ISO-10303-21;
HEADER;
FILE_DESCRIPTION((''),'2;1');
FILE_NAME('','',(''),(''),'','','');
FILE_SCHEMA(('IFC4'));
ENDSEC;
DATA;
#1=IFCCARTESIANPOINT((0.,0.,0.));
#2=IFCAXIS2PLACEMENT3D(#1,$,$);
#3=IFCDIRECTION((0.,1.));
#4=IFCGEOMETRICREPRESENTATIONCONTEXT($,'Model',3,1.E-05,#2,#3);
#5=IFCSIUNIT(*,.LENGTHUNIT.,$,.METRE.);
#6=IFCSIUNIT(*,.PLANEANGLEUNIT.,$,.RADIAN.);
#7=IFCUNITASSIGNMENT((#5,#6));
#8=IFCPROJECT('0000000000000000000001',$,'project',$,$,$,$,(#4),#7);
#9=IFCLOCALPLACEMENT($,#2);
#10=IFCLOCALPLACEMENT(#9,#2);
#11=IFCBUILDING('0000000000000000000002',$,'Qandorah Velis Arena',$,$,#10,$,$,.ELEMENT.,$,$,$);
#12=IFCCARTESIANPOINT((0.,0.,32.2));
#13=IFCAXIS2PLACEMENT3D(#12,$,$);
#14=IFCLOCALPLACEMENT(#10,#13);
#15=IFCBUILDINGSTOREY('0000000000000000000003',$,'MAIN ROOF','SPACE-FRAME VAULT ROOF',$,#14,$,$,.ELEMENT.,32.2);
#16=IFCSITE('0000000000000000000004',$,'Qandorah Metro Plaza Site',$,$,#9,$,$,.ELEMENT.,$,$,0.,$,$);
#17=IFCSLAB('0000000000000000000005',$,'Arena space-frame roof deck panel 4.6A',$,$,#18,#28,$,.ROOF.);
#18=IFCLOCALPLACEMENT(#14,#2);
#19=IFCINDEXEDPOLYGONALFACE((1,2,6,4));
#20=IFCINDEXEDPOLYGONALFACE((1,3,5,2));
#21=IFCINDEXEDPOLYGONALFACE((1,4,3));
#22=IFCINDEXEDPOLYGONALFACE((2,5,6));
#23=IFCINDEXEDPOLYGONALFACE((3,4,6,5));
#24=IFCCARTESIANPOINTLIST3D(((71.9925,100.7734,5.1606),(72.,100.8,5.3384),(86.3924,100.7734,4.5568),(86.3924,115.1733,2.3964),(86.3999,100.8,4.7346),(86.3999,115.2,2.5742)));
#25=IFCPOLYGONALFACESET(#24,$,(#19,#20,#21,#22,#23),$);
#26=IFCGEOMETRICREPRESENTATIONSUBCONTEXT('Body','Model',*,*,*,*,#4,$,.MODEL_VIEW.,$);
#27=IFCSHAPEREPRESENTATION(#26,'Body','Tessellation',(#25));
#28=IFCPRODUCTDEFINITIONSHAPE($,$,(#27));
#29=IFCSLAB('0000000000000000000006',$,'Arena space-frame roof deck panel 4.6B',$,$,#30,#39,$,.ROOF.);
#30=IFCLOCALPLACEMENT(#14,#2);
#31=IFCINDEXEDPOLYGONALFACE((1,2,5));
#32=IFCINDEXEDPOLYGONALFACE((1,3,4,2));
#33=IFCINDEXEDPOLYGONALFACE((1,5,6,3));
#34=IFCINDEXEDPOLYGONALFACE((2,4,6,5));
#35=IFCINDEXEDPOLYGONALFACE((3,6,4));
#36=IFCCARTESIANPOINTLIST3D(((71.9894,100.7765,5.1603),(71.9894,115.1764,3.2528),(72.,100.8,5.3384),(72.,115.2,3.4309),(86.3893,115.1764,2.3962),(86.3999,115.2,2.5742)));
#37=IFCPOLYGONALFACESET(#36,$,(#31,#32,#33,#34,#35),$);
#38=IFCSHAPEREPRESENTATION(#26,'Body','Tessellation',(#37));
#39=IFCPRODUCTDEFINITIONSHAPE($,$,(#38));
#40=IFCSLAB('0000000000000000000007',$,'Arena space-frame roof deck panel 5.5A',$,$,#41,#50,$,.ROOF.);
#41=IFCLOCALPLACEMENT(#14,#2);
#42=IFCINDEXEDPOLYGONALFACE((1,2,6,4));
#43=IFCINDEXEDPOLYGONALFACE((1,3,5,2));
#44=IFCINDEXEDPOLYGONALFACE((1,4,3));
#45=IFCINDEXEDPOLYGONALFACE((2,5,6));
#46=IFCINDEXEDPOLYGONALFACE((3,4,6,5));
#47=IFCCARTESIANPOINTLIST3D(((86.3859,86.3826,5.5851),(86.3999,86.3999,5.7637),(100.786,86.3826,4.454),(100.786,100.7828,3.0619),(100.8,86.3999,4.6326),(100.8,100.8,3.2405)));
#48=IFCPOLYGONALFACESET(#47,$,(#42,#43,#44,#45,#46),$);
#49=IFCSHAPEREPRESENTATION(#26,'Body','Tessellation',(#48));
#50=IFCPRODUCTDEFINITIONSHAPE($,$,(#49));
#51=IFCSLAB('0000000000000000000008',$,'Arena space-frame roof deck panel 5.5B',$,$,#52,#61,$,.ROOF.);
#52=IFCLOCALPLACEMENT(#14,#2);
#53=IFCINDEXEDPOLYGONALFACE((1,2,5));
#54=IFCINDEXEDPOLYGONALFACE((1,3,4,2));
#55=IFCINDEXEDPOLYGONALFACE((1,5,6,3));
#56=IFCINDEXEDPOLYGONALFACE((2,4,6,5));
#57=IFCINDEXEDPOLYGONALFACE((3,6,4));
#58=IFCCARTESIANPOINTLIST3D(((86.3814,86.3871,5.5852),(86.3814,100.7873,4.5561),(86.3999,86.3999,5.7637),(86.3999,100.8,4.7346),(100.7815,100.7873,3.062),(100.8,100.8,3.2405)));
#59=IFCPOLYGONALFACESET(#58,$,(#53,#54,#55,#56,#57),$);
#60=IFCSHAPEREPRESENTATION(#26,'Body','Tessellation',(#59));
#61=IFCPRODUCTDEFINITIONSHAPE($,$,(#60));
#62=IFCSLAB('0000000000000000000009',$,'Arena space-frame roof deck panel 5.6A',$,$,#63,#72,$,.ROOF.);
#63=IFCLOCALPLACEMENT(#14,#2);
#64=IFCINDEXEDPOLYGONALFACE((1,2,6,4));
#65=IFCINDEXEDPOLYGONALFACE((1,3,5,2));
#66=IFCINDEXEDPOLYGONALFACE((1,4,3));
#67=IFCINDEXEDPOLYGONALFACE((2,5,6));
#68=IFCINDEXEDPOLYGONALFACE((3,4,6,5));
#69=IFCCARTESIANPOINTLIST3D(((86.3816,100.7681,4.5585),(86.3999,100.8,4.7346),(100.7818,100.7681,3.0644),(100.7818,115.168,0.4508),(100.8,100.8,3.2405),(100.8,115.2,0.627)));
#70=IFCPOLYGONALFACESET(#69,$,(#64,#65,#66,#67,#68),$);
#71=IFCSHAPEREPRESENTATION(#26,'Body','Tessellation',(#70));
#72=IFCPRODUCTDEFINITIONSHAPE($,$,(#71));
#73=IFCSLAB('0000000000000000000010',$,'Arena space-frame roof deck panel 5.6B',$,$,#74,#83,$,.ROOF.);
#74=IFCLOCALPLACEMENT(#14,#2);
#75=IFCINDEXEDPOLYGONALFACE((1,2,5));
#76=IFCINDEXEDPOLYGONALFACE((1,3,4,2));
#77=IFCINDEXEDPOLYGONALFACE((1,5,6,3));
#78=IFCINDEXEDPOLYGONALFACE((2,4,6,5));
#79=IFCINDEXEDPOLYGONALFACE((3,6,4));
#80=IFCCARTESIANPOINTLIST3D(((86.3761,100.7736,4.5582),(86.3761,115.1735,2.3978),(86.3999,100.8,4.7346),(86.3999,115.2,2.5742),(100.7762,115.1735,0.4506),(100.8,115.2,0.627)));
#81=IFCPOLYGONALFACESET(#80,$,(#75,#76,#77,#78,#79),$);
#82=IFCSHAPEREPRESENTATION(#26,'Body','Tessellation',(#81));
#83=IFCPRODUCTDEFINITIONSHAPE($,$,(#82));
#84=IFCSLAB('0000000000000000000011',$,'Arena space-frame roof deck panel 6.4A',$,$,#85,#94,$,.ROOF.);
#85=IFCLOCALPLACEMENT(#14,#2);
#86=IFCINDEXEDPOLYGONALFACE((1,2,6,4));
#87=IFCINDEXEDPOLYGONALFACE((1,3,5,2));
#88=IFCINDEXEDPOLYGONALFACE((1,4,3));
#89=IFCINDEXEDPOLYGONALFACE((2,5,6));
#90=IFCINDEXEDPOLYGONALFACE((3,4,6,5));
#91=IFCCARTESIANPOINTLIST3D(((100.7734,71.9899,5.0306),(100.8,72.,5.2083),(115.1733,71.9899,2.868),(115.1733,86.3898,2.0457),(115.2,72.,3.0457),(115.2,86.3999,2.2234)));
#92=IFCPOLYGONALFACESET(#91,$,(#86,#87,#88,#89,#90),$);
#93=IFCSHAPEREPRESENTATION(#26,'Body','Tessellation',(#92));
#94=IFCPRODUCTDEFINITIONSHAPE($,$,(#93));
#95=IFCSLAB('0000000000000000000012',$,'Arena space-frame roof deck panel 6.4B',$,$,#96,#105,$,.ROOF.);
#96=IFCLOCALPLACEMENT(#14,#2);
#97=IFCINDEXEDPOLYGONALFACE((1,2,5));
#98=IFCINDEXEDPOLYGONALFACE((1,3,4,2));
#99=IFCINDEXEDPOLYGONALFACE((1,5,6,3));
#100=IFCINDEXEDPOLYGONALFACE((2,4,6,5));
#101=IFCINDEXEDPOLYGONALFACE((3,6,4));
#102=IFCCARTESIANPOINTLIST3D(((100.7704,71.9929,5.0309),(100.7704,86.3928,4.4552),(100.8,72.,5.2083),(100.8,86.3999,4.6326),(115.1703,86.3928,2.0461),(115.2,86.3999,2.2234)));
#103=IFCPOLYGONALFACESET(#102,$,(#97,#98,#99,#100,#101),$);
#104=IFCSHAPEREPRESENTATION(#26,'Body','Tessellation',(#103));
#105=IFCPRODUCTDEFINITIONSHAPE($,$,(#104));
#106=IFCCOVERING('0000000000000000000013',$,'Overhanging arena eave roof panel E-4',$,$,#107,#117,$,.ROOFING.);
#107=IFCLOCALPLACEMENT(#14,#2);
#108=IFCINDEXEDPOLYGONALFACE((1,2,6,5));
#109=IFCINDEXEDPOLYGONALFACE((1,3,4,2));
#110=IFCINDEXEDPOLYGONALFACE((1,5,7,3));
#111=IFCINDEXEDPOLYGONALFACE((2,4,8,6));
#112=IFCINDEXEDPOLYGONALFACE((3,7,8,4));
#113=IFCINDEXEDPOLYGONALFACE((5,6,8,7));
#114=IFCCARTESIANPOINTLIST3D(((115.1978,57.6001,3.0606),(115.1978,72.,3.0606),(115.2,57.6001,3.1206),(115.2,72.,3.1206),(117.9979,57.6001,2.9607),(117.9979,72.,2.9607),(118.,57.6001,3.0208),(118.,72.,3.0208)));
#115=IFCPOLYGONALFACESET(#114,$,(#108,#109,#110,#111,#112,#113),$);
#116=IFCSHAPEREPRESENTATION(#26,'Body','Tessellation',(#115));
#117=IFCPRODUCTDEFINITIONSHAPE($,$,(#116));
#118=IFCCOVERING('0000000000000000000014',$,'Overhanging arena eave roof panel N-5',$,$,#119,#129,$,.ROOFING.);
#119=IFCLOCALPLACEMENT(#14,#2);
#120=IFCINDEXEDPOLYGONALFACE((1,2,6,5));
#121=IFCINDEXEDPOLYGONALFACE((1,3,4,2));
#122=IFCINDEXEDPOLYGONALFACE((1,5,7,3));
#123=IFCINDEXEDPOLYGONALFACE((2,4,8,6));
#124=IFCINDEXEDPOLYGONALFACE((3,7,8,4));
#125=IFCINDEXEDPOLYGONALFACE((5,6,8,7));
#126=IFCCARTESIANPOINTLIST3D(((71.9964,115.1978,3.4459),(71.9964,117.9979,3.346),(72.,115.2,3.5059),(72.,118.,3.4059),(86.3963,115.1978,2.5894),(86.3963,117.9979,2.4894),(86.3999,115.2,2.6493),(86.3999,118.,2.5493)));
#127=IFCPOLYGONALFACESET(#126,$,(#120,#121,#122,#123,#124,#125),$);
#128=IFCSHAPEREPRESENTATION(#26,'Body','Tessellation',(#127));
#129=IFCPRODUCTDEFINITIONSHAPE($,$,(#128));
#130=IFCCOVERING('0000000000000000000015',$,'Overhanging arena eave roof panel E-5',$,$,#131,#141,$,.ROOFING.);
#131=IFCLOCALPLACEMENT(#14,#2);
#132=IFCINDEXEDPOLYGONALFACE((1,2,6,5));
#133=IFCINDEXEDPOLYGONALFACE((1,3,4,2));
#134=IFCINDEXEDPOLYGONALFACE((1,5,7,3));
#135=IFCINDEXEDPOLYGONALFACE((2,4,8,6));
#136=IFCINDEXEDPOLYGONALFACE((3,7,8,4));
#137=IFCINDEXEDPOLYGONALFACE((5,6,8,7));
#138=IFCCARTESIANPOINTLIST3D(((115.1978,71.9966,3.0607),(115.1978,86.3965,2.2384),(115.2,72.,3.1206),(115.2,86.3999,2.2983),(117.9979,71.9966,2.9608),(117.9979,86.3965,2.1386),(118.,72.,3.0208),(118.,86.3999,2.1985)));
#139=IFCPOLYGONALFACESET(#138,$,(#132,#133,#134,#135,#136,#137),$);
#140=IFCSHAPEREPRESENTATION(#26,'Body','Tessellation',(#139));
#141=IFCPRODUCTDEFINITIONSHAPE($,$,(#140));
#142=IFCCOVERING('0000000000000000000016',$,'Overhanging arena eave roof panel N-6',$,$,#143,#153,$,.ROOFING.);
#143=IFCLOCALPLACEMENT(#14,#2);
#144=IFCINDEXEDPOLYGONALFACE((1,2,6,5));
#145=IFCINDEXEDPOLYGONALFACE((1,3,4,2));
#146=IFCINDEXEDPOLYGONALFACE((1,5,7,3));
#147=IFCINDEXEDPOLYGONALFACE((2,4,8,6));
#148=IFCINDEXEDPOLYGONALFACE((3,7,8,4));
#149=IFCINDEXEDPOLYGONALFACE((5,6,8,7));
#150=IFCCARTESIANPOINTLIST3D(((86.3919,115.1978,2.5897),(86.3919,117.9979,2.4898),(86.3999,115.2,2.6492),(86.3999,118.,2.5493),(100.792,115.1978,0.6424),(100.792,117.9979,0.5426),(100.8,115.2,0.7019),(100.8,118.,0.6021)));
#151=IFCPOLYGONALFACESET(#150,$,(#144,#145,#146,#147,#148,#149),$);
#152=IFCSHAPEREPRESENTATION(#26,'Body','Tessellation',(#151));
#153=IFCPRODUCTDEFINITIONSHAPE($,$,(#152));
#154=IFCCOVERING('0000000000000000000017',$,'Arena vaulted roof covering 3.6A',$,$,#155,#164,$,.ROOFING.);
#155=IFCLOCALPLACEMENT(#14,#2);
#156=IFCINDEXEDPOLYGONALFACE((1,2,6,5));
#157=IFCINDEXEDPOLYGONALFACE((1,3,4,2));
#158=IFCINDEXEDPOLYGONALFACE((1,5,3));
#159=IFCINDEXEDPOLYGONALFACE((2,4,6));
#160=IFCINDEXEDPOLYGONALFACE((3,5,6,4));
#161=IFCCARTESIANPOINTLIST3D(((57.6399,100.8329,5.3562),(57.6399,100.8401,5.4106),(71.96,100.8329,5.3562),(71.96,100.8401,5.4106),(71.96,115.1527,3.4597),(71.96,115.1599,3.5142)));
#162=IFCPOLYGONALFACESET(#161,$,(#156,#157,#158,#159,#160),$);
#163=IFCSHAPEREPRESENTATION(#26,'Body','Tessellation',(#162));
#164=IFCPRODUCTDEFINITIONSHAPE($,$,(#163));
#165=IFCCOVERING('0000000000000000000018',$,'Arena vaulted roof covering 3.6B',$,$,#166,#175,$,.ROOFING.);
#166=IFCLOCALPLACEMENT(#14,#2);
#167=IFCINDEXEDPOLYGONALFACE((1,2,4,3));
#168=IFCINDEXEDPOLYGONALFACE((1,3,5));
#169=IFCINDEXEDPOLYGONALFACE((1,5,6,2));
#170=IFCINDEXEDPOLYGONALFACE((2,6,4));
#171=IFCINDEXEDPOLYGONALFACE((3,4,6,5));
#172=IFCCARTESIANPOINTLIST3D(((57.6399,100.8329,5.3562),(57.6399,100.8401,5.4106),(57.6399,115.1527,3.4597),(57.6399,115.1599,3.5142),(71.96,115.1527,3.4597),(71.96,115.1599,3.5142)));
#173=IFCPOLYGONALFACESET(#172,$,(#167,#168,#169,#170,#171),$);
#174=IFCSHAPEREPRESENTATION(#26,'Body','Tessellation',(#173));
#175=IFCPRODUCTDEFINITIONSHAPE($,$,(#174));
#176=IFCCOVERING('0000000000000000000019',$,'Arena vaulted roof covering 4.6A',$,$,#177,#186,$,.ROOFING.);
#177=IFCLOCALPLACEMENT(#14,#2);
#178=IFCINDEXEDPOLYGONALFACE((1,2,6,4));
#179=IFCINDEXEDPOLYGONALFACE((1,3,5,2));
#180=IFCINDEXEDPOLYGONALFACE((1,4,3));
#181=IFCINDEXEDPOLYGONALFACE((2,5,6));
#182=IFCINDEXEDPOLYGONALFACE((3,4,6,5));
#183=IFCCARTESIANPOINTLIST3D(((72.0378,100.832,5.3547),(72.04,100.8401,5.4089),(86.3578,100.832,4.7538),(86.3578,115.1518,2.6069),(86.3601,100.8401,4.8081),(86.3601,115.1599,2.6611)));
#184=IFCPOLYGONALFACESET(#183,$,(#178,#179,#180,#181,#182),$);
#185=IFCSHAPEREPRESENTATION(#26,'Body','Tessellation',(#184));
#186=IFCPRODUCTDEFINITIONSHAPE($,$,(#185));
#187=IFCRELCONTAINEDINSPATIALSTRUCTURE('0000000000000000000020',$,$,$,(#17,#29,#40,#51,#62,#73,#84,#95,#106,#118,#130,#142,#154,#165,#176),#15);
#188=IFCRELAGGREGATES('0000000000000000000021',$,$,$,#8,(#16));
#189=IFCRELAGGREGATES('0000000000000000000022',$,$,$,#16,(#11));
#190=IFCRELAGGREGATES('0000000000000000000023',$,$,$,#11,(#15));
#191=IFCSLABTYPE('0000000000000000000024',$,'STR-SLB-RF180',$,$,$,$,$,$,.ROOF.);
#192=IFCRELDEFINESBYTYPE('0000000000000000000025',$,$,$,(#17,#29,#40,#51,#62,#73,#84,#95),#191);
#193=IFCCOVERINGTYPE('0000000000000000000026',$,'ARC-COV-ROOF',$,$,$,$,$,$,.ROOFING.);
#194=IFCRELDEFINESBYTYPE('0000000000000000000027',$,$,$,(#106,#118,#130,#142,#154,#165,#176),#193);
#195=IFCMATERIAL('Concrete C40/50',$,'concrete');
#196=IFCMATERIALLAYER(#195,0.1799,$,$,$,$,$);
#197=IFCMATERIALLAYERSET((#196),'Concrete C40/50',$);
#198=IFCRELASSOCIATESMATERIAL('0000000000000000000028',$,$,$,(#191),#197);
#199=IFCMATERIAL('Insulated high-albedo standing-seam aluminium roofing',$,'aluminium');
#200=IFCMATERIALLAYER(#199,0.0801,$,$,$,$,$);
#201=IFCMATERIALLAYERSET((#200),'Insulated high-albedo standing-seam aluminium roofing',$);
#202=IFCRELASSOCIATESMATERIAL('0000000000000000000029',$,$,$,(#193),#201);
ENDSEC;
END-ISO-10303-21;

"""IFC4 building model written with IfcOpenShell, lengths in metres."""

from ifc_helpers import new_model, si_unit, direction, frame, origin, place, context, subcontext, project, spatial, polyline, outline, extrude, material, layer, layer_set, type_object, element, save


model = new_model("IFC4")

# Units and contexts
model_context = context("Model", 3, precision=1e-05, world=origin(), true_north=direction((0.0, 1.0)))
body_context = subcontext(model_context, "Body", "Model", "MODEL_VIEW")
ifc_project = project(units=[si_unit("LENGTHUNIT", "METRE"), si_unit("PLANEANGLEUNIT", "RADIAN")], contexts=[model_context])

# Site, building, storey
site_placement = place(None, origin())
site = spatial("IfcSite", under=ifc_project, at=site_placement, Name="Qandorah Metro Plaza Site", CompositionType="ELEMENT", RefElevation=0.0)
building_placement = place(site_placement, origin())
building = spatial("IfcBuilding", under=site, at=building_placement, Name="Qandorah Velis Arena", CompositionType="ELEMENT")
storey_placement = place(building_placement, frame((0.0, 0.0, 32.2)))
storey = spatial("IfcBuildingStorey", under=building, at=storey_placement, Name="MAIN ROOF", Description="SPACE-FRAME VAULT ROOF", CompositionType="ELEMENT", Elevation=32.2)

# Slabs
ifc_material_1 = material(Name="Concrete C40/50", Category="concrete")
ifc_layer_1 = layer(ifc_material_1, 0.1799)
ifc_layer_set_1 = layer_set([ifc_layer_1], Name="Concrete C40/50")
slab_type = type_object("IfcSlabType", Name="STR-SLB-RF180", PredefinedType="ROOF", material=ifc_layer_set_1)
slab_1_placement = place(storey_placement, frame((72.0, 100.8, 5.3384), z_axis=(0.041428, 0.148241, 0.988083), x_axis=(0.999122, 0.0, -0.041891)))
element("IfcSlab", 1, at=slab_1_placement, inside=storey, type_object=slab_type, Name="Arena space-frame roof deck panel 4.6A", PredefinedType="ROOF", context=body_context, shape_type="SweptSolid", body=[
    extrude(outline(polyline([(0.0, 0.0), (14.4126, 0.0), (14.5031, 14.5608), (0.0, 0.0)])), origin(), (0.0, 0.0, -1.0), 0.1799),
])
slab_2_placement = place(storey_placement, frame((72.0, 100.8, 5.3384), z_axis=(0.058875, 0.131089, 0.989621), x_axis=(0.700682, 0.700682, -0.134501)))
element("IfcSlab", 2, at=slab_2_placement, inside=storey, type_object=slab_type, Name="Arena space-frame roof deck panel 4.6B", PredefinedType="ROOF", context=body_context, shape_type="SweptSolid", body=[
    extrude(outline(polyline([(0.0, 0.0), (20.5513, 0.0), (10.3463, 10.1956), (0.0, 0.0)])), origin(), (0.0, 0.0, -1.0), 0.1799),
])
slab_3_placement = place(storey_placement, frame((86.3999, 86.3999, 5.7637), z_axis=(0.077946, 0.095931, 0.992331), x_axis=(0.996929, 0.0, -0.078307)))
element("IfcSlab", 3, at=slab_3_placement, inside=storey, type_object=slab_type, Name="Arena space-frame roof deck panel 5.5A", PredefinedType="ROOF", context=body_context, shape_type="SweptSolid", body=[
    extrude(outline(polyline([(0.0, 0.0), (14.4445, 0.0), (14.5535, 14.4669), (0.0, 0.0)])), origin(), (0.0, 0.0, -1.0), 0.1799),
])
slab_4_placement = place(storey_placement, frame((86.3999, 86.3999, 5.7637), z_axis=(0.102945, 0.070901, 0.992157), x_axis=(0.701741, 0.701741, -0.122959)))
element("IfcSlab", 4, at=slab_4_placement, inside=storey, type_object=slab_type, Name="Arena space-frame roof deck panel 5.5B", PredefinedType="ROOF", context=body_context, shape_type="SweptSolid", body=[
    extrude(outline(polyline([(0.0, 0.0), (20.5206, 0.0), (10.2317, 10.1851), (0.0, 0.0)])), origin(), (0.0, 0.0, -1.0), 0.1799),
])
slab_5_placement = place(storey_placement, frame((86.3999, 100.8, 4.7346), z_axis=(0.101563, 0.177655, 0.978838), x_axis=(0.99466, 0.0, -0.103205)))
element("IfcSlab", 5, at=slab_5_placement, inside=storey, type_object=slab_type, Name="Arena space-frame roof deck panel 5.6A", PredefinedType="ROOF", context=body_context, shape_type="SweptSolid", body=[
    extrude(outline(polyline([(0.0, 0.0), (14.4775, 0.0), (14.7472, 14.6327), (0.0, 0.0)])), origin(), (0.0, 0.0, -1.0), 0.1799),
])
slab_6_placement = place(storey_placement, frame((86.3999, 100.8, 4.7346), z_axis=(0.132549, 0.147059, 0.980206), x_axis=(0.693153, 0.693141, -0.197723)))
element("IfcSlab", 6, at=slab_6_placement, inside=storey, type_object=slab_type, Name="Arena space-frame roof deck panel 5.6B", PredefinedType="ROOF", context=body_context, shape_type="SweptSolid", body=[
    extrude(outline(polyline([(0.0, 0.0), (20.7748, 0.0), (10.4083, 10.1829), (0.0, 0.0)])), origin(), (0.0, 0.0, -1.0), 0.1799),
])
slab_7_placement = place(storey_placement, frame((100.8, 72.0, 5.2083), z_axis=(0.14828, 0.056379, 0.987337), x_axis=(0.98891, 0.0, -0.148516)))
element("IfcSlab", 7, at=slab_7_placement, inside=storey, type_object=slab_type, Name="Arena space-frame roof deck panel 6.4A", PredefinedType="ROOF", context=body_context, shape_type="SweptSolid", body=[
    extrude(outline(polyline([(0.0, 0.0), (14.5614, 0.0), (14.6835, 14.4228), (0.0, 0.0)])), origin(), (0.0, 0.0, -1.0), 0.1799),
])
slab_8_placement = place(storey_placement, frame((100.8, 72.0, 5.2083), z_axis=(0.164884, 0.0394, 0.985526), x_axis=(0.699632, 0.699632, -0.145022)))
element("IfcSlab", 8, at=slab_8_placement, inside=storey, type_object=slab_type, Name="Arena space-frame roof deck panel 6.4B", PredefinedType="ROOF", context=body_context, shape_type="SweptSolid", body=[
    extrude(outline(polyline([(0.0, 0.0), (20.5821, 0.0), (10.1581, 10.2226), (0.0, 0.0)])), origin(), (0.0, 0.0, -1.0), 0.1799),
])

# Coverings
ifc_material_2 = material(Name="Insulated high-albedo standing-seam aluminium roofing", Category="aluminium")
ifc_layer_2 = layer(ifc_material_2, 0.0801)
ifc_layer_set_2 = layer_set([ifc_layer_2], Name="Insulated high-albedo standing-seam aluminium roofing")
covering_type = type_object("IfcCoveringType", Name="ARC-COV-ROOF", PredefinedType="ROOFING", material=ifc_layer_set_2)
covering_1_placement = place(storey_placement, frame((115.2, 57.6001, 3.1206), z_axis=(0.035639, 0.0, 0.999365), x_axis=(0.999365, 0.0, -0.035639)))
element("IfcCovering", 9, at=covering_1_placement, inside=storey, type_object=covering_type, Name="Overhanging arena eave roof panel E-4", PredefinedType="ROOFING", context=body_context, shape_type="SweptSolid", body=[
    extrude(outline(polyline([(0.0, 0.0), (2.8018, 0.0), (2.8018, 14.3999), (0.0, 14.3999), (0.0, 0.0)])), origin(), (0.0, 0.0, -1.0), 0.0601),
])
covering_2_placement = place(storey_placement, frame((72.0, 115.2, 3.5059), z_axis=(0.059342, 0.035619, 0.997602), x_axis=(0.998235, 0.0, -0.059379)))
element("IfcCovering", 10, at=covering_2_placement, inside=storey, type_object=covering_type, Name="Overhanging arena eave roof panel N-5", PredefinedType="ROOFING", context=body_context, shape_type="SweptSolid", body=[
    extrude(outline(polyline([(0.0, 0.0), (14.4254, 0.0), (14.4313, 2.8018), (0.0059, 2.8018), (0.0, 0.0)])), origin(), (0.0, 0.0, -1.0), 0.0601),
])
covering_3_placement = place(storey_placement, frame((115.2, 72.0, 3.1206), z_axis=(0.035581, 0.056973, 0.997741), x_axis=(0.999365, 0.0, -0.035639)))
element("IfcCovering", 11, at=covering_3_placement, inside=storey, type_object=covering_type, Name="Overhanging arena eave roof panel E-5", PredefinedType="ROOFING", context=body_context, shape_type="SweptSolid", body=[
    extrude(outline(polyline([(0.0, 0.0), (2.8018, 0.0), (2.8311, 14.4233), (0.0293, 14.4233), (0.0, 0.0)])), origin(), (0.0, 0.0, -1.0), 0.0601),
])
covering_4_placement = place(storey_placement, frame((86.3999, 115.2, 2.6492), z_axis=(0.133922, 0.035318, 0.990362), x_axis=(0.990981, 0.0, -0.134006)))
element("IfcCovering", 12, at=covering_4_placement, inside=storey, type_object=covering_type, Name="Overhanging arena eave roof panel N-6", PredefinedType="ROOFING", context=body_context, shape_type="SweptSolid", body=[
    extrude(outline(polyline([(0.0, 0.0), (14.5312, 0.0), (14.5446, 2.8018), (0.0134, 2.8018), (0.0, 0.0)])), origin(), (0.0, 0.0, -1.0), 0.0601),
])
covering_5_placement = place(storey_placement, frame((57.6399, 100.8401, 5.4106), z_axis=(0.0, 0.131291, 0.991344), x_axis=(1.0, 0.0, 0.0)))
element("IfcCovering", 13, at=covering_5_placement, inside=storey, type_object=covering_type, Name="Arena vaulted roof covering 3.6A", PredefinedType="ROOFING", context=body_context, shape_type="SweptSolid", body=[
    extrude(outline(polyline([(0.0, 0.0), (14.3201, 0.0), (14.3201, 14.4449), (0.0, 0.0)])), origin(), (0.0, 0.0, -1.0), 0.0549),
])
covering_6_placement = place(storey_placement, frame((57.6399, 100.8401, 5.4106), z_axis=(0.0, 0.131291, 0.991344), x_axis=(0.704032, 0.70402, -0.093239)))
element("IfcCovering", 14, at=covering_6_placement, inside=storey, type_object=covering_type, Name="Arena vaulted roof covering 3.6B", PredefinedType="ROOFING", context=body_context, shape_type="SweptSolid", body=[
    extrude(outline(polyline([(0.0, 0.0), (20.3401, 0.0), (10.2583, 10.1697), (0.0, 0.0)])), origin(), (0.0, 0.0, -1.0), 0.0549),
])
covering_7_placement = place(storey_placement, frame((72.04, 100.8401, 5.4089), z_axis=(0.041458, 0.148145, 0.988096), x_axis=(0.999121, 0.0, -0.04192)))
element("IfcCovering", 15, at=covering_7_placement, inside=storey, type_object=covering_type, Name="Arena vaulted roof covering 4.6A", PredefinedType="ROOFING", context=body_context, shape_type="SweptSolid", body=[
    extrude(outline(polyline([(0.0, 0.0), (14.3327, 0.0), (14.4227, 14.4796), (0.0, 0.0)])), origin(), (0.0, 0.0, -1.0), 0.0549),
])

save(model, "model.ifc")
